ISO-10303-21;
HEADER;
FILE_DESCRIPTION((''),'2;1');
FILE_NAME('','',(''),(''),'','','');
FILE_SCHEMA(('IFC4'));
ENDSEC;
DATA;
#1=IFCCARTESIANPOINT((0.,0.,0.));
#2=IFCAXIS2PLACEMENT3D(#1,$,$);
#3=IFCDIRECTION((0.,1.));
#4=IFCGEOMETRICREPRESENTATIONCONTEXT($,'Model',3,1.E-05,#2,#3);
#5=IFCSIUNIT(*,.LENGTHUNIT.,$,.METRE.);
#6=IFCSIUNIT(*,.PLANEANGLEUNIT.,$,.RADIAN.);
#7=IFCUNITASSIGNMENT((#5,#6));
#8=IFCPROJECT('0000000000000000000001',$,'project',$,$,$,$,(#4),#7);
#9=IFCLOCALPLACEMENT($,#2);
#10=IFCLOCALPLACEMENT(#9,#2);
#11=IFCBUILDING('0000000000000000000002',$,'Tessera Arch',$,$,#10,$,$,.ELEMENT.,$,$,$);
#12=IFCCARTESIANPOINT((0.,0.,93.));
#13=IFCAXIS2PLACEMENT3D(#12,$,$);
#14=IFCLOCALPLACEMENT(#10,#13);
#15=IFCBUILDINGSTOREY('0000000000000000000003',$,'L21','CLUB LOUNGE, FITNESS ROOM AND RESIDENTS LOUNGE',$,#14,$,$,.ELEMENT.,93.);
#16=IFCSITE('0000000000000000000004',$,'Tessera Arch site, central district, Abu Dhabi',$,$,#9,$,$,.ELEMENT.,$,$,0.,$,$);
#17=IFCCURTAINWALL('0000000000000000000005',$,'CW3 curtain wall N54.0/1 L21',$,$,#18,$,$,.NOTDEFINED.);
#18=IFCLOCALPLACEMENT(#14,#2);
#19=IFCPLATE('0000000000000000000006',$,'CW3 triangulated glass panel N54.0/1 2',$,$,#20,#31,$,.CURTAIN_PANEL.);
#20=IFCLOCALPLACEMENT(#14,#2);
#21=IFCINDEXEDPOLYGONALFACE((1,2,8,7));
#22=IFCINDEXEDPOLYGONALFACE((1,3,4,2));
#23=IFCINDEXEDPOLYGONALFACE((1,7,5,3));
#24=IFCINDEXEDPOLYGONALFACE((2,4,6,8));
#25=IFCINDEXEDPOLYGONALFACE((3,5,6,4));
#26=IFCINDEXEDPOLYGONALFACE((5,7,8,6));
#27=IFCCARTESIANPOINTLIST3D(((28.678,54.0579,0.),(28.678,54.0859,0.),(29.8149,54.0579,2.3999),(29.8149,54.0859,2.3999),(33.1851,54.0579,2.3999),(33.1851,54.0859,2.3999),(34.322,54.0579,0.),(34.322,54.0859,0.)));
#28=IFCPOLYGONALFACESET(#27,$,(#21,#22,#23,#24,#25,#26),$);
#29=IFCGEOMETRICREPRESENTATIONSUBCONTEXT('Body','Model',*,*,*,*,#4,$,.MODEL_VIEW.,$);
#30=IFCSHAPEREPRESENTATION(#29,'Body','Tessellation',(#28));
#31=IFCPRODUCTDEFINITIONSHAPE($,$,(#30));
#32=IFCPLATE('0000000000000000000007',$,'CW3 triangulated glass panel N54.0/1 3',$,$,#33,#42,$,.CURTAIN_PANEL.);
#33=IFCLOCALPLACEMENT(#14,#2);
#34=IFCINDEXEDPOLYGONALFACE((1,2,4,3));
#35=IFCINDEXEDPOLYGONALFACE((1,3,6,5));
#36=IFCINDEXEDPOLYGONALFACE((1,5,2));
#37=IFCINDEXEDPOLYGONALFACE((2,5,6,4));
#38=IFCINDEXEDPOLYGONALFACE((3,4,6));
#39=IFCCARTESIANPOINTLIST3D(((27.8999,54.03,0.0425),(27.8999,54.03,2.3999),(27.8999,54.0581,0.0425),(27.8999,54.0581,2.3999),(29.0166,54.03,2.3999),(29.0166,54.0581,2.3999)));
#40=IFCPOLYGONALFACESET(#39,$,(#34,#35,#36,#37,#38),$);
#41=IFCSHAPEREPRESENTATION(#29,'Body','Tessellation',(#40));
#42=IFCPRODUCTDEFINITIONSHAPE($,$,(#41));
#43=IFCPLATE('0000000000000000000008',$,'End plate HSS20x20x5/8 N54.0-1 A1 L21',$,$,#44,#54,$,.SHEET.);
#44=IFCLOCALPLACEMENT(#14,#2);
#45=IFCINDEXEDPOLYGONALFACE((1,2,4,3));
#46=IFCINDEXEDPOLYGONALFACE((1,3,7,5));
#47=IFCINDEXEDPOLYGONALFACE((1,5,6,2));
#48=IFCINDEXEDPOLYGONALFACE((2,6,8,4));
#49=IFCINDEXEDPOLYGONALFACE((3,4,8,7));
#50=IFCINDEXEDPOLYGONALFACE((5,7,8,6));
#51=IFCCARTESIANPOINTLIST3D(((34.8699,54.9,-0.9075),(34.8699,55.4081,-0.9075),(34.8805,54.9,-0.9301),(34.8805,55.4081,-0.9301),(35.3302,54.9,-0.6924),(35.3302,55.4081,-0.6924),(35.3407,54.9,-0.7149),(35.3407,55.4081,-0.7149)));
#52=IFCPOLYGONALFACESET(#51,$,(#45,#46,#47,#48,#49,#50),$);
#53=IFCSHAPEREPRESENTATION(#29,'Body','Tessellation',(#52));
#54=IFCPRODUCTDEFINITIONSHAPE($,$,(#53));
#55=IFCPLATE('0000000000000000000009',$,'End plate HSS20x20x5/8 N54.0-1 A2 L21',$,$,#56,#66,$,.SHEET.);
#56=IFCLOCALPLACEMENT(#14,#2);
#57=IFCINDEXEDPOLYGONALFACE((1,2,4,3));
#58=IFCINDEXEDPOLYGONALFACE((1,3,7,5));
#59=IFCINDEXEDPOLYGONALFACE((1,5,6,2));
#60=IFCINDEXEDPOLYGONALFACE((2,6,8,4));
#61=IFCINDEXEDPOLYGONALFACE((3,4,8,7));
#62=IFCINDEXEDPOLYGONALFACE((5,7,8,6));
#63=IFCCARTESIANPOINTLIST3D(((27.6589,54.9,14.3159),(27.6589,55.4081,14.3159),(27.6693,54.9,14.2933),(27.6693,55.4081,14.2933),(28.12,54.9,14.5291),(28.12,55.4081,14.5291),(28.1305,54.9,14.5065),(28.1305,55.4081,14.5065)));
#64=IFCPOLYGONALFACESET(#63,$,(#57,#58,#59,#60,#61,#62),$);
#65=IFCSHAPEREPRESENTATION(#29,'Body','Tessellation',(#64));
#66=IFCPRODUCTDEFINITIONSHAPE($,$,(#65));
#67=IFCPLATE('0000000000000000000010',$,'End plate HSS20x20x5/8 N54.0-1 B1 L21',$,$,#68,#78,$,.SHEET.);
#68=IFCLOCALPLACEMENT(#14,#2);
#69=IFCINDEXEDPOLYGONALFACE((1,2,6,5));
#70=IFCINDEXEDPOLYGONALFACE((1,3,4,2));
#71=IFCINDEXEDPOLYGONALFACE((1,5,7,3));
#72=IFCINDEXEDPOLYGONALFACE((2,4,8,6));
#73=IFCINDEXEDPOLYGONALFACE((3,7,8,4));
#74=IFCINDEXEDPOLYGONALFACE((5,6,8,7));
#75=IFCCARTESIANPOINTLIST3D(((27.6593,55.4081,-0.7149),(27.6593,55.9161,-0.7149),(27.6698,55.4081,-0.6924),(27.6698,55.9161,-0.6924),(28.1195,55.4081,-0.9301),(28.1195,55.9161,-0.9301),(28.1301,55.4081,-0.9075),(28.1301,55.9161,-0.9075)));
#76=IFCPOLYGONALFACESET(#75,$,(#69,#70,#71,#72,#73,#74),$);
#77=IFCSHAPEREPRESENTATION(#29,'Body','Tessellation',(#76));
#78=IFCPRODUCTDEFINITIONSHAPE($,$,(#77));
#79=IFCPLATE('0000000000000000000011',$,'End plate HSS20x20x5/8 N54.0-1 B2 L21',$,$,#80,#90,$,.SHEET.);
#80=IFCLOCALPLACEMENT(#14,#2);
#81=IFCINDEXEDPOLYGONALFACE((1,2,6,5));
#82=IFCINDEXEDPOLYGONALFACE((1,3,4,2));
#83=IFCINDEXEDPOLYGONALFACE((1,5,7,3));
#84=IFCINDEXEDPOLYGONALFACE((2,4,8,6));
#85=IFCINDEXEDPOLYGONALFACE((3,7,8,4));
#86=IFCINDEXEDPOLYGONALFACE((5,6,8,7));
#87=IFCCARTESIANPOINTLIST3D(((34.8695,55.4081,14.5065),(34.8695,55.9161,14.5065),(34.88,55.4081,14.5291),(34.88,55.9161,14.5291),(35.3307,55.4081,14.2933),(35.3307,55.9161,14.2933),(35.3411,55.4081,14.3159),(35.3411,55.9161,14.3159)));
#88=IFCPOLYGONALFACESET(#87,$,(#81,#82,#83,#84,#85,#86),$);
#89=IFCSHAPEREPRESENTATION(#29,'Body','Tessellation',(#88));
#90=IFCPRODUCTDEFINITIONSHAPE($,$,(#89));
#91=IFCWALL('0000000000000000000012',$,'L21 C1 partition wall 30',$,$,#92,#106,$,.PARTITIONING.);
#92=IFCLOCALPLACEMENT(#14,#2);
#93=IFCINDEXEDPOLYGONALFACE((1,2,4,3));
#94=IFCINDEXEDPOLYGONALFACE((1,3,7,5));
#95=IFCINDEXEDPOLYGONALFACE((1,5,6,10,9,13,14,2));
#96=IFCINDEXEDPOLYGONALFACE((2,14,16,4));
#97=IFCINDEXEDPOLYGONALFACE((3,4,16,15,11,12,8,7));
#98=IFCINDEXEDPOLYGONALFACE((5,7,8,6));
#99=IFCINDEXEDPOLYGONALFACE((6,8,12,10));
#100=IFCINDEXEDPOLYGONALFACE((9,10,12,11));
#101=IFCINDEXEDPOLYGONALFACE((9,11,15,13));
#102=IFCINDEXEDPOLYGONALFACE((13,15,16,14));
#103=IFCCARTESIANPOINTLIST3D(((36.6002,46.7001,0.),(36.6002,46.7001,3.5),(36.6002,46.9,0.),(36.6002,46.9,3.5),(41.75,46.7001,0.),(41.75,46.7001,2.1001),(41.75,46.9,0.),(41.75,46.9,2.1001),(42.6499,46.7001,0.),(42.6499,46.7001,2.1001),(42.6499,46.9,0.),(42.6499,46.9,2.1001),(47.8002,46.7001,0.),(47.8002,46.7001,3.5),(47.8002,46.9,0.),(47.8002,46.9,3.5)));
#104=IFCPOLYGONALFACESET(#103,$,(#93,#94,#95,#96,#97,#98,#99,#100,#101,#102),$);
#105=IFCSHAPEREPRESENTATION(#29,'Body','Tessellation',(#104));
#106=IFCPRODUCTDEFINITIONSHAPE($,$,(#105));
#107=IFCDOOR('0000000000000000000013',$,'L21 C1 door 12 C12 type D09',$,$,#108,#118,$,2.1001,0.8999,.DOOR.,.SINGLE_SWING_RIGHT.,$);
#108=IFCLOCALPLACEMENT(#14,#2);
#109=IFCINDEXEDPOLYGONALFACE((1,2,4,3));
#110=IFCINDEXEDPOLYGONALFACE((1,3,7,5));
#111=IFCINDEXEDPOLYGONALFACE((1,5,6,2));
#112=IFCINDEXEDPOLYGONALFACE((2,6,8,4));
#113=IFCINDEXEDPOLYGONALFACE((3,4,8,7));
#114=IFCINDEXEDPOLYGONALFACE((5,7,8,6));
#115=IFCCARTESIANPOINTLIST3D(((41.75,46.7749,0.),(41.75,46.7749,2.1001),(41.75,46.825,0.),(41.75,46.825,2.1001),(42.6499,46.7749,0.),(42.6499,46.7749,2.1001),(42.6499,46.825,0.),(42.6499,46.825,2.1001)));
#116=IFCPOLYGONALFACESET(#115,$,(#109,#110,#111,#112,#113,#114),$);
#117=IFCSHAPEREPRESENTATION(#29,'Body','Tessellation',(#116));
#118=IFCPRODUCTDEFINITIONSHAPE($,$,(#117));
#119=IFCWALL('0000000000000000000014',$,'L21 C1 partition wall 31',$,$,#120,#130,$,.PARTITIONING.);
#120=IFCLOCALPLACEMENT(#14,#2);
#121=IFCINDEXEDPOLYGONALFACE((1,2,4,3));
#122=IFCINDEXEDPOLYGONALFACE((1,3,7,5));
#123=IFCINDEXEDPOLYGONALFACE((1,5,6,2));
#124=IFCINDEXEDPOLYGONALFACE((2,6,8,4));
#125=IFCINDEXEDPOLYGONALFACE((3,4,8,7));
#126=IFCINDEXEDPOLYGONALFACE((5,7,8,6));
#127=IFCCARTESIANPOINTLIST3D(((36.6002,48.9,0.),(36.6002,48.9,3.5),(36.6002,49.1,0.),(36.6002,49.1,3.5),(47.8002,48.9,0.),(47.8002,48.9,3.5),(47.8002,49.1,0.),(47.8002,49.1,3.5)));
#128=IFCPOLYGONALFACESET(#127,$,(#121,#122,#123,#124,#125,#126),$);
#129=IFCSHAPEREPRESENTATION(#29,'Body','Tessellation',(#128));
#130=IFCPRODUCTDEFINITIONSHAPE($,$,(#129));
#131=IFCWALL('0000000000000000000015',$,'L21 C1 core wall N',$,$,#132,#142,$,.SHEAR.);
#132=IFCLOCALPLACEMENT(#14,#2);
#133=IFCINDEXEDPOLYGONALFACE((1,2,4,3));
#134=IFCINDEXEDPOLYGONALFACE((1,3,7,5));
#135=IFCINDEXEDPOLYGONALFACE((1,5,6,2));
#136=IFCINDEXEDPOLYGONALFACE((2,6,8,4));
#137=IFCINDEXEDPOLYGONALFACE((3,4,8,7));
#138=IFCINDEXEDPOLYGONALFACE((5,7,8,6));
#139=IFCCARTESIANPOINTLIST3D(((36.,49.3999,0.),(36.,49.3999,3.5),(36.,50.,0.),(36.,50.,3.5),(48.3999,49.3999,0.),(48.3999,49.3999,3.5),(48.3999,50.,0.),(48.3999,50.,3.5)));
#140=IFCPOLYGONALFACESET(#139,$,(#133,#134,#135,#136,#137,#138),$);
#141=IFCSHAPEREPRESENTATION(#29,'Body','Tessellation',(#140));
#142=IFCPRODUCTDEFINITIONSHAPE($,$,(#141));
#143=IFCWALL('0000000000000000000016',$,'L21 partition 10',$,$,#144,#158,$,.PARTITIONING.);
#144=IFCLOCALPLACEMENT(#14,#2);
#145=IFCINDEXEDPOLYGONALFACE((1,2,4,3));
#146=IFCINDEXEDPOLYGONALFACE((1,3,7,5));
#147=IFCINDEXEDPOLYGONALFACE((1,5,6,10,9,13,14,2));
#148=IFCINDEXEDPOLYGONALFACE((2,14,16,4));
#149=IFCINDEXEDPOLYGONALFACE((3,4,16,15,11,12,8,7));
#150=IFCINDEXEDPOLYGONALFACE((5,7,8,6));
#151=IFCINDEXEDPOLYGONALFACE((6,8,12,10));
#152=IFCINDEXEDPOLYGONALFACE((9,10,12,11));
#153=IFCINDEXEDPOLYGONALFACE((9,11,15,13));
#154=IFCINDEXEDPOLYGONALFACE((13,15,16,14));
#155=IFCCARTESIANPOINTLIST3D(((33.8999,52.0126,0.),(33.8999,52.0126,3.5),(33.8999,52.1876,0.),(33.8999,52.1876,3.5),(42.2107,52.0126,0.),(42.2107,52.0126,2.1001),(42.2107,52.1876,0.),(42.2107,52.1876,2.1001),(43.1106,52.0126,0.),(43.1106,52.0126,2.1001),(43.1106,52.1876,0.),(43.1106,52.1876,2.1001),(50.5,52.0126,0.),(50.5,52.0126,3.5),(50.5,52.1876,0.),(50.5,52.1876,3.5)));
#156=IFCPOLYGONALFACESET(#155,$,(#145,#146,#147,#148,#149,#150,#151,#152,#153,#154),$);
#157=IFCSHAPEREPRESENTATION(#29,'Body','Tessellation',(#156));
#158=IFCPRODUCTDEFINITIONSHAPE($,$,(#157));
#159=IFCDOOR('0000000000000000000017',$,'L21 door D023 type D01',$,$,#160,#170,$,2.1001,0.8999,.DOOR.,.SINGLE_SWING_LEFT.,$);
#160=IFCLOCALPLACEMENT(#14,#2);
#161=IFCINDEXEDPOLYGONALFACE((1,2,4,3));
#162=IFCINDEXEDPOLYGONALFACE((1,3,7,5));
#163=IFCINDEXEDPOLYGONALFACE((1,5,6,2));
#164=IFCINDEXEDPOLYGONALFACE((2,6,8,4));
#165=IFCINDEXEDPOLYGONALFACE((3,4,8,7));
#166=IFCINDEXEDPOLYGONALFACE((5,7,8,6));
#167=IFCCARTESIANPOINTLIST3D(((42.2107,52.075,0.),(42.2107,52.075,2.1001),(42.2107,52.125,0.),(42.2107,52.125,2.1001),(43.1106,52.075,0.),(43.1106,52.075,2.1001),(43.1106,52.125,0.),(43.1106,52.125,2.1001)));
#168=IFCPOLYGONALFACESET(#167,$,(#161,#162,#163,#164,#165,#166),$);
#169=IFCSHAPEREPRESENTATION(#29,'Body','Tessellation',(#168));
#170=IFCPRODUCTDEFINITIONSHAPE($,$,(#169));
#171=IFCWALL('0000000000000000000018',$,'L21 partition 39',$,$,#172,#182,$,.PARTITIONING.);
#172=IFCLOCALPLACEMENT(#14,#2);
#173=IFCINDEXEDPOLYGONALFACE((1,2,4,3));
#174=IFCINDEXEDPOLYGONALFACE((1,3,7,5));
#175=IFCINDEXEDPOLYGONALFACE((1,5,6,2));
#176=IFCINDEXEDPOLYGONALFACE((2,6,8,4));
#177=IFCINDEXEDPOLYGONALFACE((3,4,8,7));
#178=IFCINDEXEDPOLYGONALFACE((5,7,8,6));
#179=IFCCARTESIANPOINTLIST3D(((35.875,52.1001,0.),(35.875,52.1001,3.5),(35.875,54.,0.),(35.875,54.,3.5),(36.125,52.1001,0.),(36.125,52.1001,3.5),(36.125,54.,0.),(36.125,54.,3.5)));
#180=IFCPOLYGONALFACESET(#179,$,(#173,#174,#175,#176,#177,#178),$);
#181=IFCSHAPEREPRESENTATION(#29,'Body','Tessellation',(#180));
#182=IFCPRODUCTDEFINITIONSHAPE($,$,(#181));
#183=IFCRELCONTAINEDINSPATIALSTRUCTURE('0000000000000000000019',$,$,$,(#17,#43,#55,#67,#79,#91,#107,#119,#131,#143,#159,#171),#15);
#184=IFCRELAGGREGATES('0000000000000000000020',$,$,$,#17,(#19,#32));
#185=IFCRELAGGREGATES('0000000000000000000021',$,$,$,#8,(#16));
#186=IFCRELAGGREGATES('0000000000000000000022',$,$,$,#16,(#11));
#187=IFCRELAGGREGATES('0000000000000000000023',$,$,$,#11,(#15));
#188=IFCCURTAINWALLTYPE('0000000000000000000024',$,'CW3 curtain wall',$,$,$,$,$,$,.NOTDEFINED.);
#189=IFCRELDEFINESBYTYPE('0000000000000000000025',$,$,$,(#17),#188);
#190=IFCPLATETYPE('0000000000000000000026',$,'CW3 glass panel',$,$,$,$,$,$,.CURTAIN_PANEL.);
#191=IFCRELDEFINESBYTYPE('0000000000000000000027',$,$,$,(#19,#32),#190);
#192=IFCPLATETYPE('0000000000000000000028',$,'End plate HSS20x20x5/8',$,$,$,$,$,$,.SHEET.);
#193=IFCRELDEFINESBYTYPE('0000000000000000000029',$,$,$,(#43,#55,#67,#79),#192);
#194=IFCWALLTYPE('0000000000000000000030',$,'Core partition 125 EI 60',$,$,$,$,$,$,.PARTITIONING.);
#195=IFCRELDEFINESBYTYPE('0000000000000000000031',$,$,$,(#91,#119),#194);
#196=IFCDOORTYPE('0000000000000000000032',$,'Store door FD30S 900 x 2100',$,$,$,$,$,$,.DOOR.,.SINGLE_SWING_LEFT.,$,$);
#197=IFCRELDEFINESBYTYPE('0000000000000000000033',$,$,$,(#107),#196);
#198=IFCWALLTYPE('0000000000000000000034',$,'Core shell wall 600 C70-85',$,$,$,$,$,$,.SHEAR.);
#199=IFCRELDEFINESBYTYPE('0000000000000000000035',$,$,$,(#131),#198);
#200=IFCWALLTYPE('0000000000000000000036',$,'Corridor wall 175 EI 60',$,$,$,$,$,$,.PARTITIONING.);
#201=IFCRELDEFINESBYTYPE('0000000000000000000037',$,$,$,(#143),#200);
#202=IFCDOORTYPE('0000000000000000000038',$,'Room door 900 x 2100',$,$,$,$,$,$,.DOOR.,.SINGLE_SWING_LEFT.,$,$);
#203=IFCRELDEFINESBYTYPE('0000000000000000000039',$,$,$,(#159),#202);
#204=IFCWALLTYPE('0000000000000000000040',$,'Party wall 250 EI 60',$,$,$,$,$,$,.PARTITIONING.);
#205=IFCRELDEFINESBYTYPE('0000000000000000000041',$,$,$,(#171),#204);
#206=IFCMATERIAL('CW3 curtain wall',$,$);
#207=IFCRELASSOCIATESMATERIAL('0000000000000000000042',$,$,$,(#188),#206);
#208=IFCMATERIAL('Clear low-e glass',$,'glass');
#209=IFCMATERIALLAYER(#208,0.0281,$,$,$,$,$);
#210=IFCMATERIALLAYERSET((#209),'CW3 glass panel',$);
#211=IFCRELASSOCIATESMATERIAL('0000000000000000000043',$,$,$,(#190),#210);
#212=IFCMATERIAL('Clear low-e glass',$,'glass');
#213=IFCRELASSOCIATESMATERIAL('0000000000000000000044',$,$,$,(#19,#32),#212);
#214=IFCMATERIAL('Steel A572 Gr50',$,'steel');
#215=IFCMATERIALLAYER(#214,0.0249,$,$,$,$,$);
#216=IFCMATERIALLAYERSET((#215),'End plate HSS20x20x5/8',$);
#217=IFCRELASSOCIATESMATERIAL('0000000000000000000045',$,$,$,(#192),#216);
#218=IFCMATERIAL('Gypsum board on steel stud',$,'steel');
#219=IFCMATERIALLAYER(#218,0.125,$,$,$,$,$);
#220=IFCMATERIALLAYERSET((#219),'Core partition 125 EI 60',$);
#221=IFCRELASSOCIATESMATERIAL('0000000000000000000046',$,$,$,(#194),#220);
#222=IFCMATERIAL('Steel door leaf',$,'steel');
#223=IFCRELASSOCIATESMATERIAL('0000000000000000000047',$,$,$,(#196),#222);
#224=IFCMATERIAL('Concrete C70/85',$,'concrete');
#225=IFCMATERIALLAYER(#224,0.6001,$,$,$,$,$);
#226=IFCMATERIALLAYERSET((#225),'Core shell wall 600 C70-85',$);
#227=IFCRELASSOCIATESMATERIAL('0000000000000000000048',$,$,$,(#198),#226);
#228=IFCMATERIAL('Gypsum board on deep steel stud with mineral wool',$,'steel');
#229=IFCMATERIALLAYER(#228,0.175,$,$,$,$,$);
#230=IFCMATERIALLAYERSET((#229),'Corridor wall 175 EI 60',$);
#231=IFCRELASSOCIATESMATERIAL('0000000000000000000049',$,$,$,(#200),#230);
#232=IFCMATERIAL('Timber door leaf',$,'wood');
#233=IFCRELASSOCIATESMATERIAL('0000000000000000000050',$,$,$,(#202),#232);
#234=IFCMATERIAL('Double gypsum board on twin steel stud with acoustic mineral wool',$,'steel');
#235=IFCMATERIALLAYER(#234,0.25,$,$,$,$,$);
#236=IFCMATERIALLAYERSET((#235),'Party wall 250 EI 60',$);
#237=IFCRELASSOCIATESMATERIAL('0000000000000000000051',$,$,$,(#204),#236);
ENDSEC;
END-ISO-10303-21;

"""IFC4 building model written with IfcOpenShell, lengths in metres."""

from ifc_helpers import new_model, si_unit, direction, frame, frame_2d, origin, origin_2d, place, context, subcontext, project, spatial, polyline, rectangle, outline, extrude, material, layer, layer_set, type_object, element, fill, aggregate, save


model = new_model("IFC4")

# Units and contexts
model_context = context("Model", 3, precision=1e-05, world=origin(), true_north=direction((0.0, 1.0)))
body_context = subcontext(model_context, "Body", "Model", "MODEL_VIEW")
ifc_project = project(units=[si_unit("LENGTHUNIT", "METRE"), si_unit("PLANEANGLEUNIT", "RADIAN")], contexts=[model_context])

# Site, building, storey
site_placement = place(None, origin())
site = spatial("IfcSite", under=ifc_project, at=site_placement, Name="Tessera Arch site, central district, Abu Dhabi", CompositionType="ELEMENT", RefElevation=0.0)
building_placement = place(site_placement, origin())
building = spatial("IfcBuilding", under=site, at=building_placement, Name="Tessera Arch", CompositionType="ELEMENT")
storey_placement = place(building_placement, frame((0.0, 0.0, 93.0)))
storey = spatial("IfcBuildingStorey", under=building, at=storey_placement, Name="L21", Description="CLUB LOUNGE, FITNESS ROOM AND RESIDENTS LOUNGE", CompositionType="ELEMENT", Elevation=93.0)

# Curtain wall
ifc_material_1 = material(Name="CW3 curtain wall")
curtain_wall_type_1 = type_object("IfcCurtainWallType", Name="CW3 curtain wall", PredefinedType="NOTDEFINED", material=ifc_material_1)
curtain_wall_1_placement = place(storey_placement, origin())
curtain_wall_1 = element("IfcCurtainWall", 1, at=curtain_wall_1_placement, inside=storey, type_object=curtain_wall_type_1, Name="CW3 curtain wall N54.0/1 L21", PredefinedType="NOTDEFINED")

# Plates
ifc_material_2 = material(Name="Clear low-e glass", Category="glass")
ifc_material_3 = material(Name="Clear low-e glass", Category="glass")
ifc_layer_1 = layer(ifc_material_3, 0.0281)
ifc_layer_set_1 = layer_set([ifc_layer_1], Name="CW3 glass panel")
plate_type_1 = type_object("IfcPlateType", Name="CW3 glass panel", PredefinedType="CURTAIN_PANEL", material=ifc_layer_set_1)
plate_1_placement = place(storey_placement, frame((29.8149, 54.0859, 2.3999), z_axis=(0.0, 1.0, 0.0), x_axis=(1.0, 0.0, 0.0)))
plate_1 = element("IfcPlate", 2, at=plate_1_placement, type_object=plate_type_1, material=ifc_material_2, Name="CW3 triangulated glass panel N54.0/1 2", PredefinedType="CURTAIN_PANEL", context=body_context, shape_type="SweptSolid", body=[
    extrude(outline(polyline([(0.0, 0.0), (3.3701, 0.0), (4.5071, 2.3999), (-1.137, 2.3999), (0.0, 0.0)])), origin(), (0.0, 0.0, -1.0), 0.0281),
])
plate_2_placement = place(storey_placement, frame((27.8999, 54.0581, 2.3999), z_axis=(0.0, 1.0, 0.0), x_axis=(1.0, 0.0, 0.0)))
plate_2 = element("IfcPlate", 3, at=plate_2_placement, type_object=plate_type_1, material=ifc_material_2, Name="CW3 triangulated glass panel N54.0/1 3", PredefinedType="CURTAIN_PANEL", context=body_context, shape_type="SweptSolid", body=[
    extrude(outline(polyline([(0.0, 0.0), (1.1167, 0.0), (0.0, 2.3574), (0.0, 0.0)])), origin(), (0.0, 0.0, -1.0), 0.0281),
])
aggregate(curtain_wall_1, [plate_1, plate_2])

# Plates
ifc_material_4 = material(Name="Steel A572 Gr50", Category="steel")
ifc_layer_2 = layer(ifc_material_4, 0.0249)
ifc_layer_set_2 = layer_set([ifc_layer_2], Name="End plate HSS20x20x5/8")
plate_type_2 = type_object("IfcPlateType", Name="End plate HSS20x20x5/8", PredefinedType="SHEET", material=ifc_layer_set_2)
for number, where, z_axis, x_axis, name in (
    (4, (35.1106, 55.1541, -0.8225), (-0.423424, 0.0, 0.905931), (0.0, -1.0, 0.0), "End plate HSS20x20x5/8 N54.0-1 A1 L21"),
    (5, (27.8999, 55.1541, 14.3999), (-0.419677, 0.0, 0.907674), (0.0, -1.0, 0.0), "End plate HSS20x20x5/8 N54.0-1 A2 L21"),
    (6, (27.8894, 55.6621, -0.8225), (0.423424, 0.0, 0.905931), (0.0, 1.0, 0.0), "End plate HSS20x20x5/8 N54.0-1 B1 L21"),
    (7, (35.1001, 55.6621, 14.3999), (0.419677, 0.0, 0.907674), (0.0, 1.0, 0.0), "End plate HSS20x20x5/8 N54.0-1 B2 L21"),
):
    element("IfcPlate", number, at=place(storey_placement, frame(where, z_axis=z_axis, x_axis=x_axis)), inside=storey, type_object=plate_type_2, Name=name, PredefinedType="SHEET", context=body_context, shape_type="SweptSolid", body=[
        extrude(rectangle(XDim=0.5081, YDim=0.5081, at=origin_2d()), origin(), (0.0, 0.0, 1.0), 0.0249),
    ])

# Wall, opening, door
ifc_material_5 = material(Name="Gypsum board on steel stud", Category="steel")
ifc_layer_3 = layer(ifc_material_5, 0.125)
ifc_layer_set_3 = layer_set([ifc_layer_3], Name="Core partition 125 EI 60")
wall_type_1 = type_object("IfcWallType", Name="Core partition 125 EI 60", PredefinedType="PARTITIONING", material=ifc_layer_set_3)
wall_1_placement = place(storey_placement, frame((36.6001, 46.8, 0.0), z_axis=(0.0, 0.0, 1.0), x_axis=(1.0, 0.0, 0.0)))
wall_1 = element("IfcWall", 8, at=wall_1_placement, inside=storey, type_object=wall_type_1, Name="L21 C1 partition wall 30", PredefinedType="PARTITIONING", context=body_context, shape_type="SweptSolid", body=[
    extrude(rectangle(XDim=11.2, YDim=0.2, at=frame_2d((5.6001, 0.0))), origin(), (0.0, 0.0, 1.0), 3.5),
])
opening_1_placement = place(wall_1_placement, frame((5.1499, 0.0, 0.0)))
opening_1 = element("IfcOpeningElement", 9, at=opening_1_placement, cuts=wall_1, PredefinedType="OPENING", context=body_context, shape_type="SweptSolid", body=[
    extrude(rectangle(XDim=0.8999, YDim=2.1001, at=frame_2d((0.45, 1.05))), frame((0.0, 0.1099, 0.0), z_axis=(0.0, -1.0, 0.0), x_axis=(1.0, 0.0, 0.0)), (0.0, 0.0, 1.0), 0.22),
])
ifc_material_6 = material(Name="Steel door leaf", Category="steel")
door_type_1 = type_object("IfcDoorType", Name="Store door FD30S 900 x 2100", OperationType="SINGLE_SWING_LEFT", PredefinedType="DOOR", material=ifc_material_6)
door_1_placement = place(opening_1_placement, origin())
door_1 = element("IfcDoor", 10, at=door_1_placement, inside=storey, type_object=door_type_1, Name="L21 C1 door 12 C12 type D09", OperationType="SINGLE_SWING_RIGHT", OverallHeight=2.1001, OverallWidth=0.8999, PredefinedType="DOOR", context=body_context, shape_type="SweptSolid", body=[
    extrude(rectangle(XDim=0.8999, YDim=2.1001, at=frame_2d((0.45, 1.05))), frame((0.0, 0.0249, 0.0), z_axis=(0.0, -1.0, 0.0), x_axis=(1.0, 0.0, 0.0)), (0.0, 0.0, 1.0), 0.05),
])
fill(opening_1, door_1)

# Walls
wall_2_placement = place(storey_placement, frame((36.6001, 49.0, 0.0), z_axis=(0.0, 0.0, 1.0), x_axis=(1.0, 0.0, 0.0)))
element("IfcWall", 11, at=wall_2_placement, inside=storey, type_object=wall_type_1, Name="L21 C1 partition wall 31", PredefinedType="PARTITIONING", context=body_context, shape_type="SweptSolid", body=[
    extrude(rectangle(XDim=11.2, YDim=0.2, at=frame_2d((5.6001, 0.0))), origin(), (0.0, 0.0, 1.0), 3.5),
])
ifc_material_7 = material(Name="Concrete C70/85", Category="concrete")
ifc_layer_4 = layer(ifc_material_7, 0.6001)
ifc_layer_set_4 = layer_set([ifc_layer_4], Name="Core shell wall 600 C70-85")
wall_type_2 = type_object("IfcWallType", Name="Core shell wall 600 C70-85", PredefinedType="SHEAR", material=ifc_layer_set_4)
wall_3_placement = place(storey_placement, frame((36.0, 49.7, 0.0), z_axis=(0.0, 0.0, 1.0), x_axis=(1.0, 0.0, 0.0)))
element("IfcWall", 12, at=wall_3_placement, inside=storey, type_object=wall_type_2, Name="L21 C1 core wall N", PredefinedType="SHEAR", context=body_context, shape_type="SweptSolid", body=[
    extrude(rectangle(XDim=12.3999, YDim=0.6001, at=frame_2d((6.2, 0.0))), origin(), (0.0, 0.0, 1.0), 3.5),
])

# Wall, opening, door
ifc_material_8 = material(Name="Gypsum board on deep steel stud with mineral wool", Category="steel")
ifc_layer_5 = layer(ifc_material_8, 0.175)
ifc_layer_set_5 = layer_set([ifc_layer_5], Name="Corridor wall 175 EI 60")
wall_type_3 = type_object("IfcWallType", Name="Corridor wall 175 EI 60", PredefinedType="PARTITIONING", material=ifc_layer_set_5)
wall_4_placement = place(storey_placement, frame((33.8999, 52.1001, 0.0), z_axis=(0.0, 0.0, 1.0), x_axis=(1.0, 0.0, 0.0)))
wall_4 = element("IfcWall", 13, at=wall_4_placement, inside=storey, type_object=wall_type_3, Name="L21 partition 10", PredefinedType="PARTITIONING", context=body_context, shape_type="SweptSolid", body=[
    extrude(rectangle(XDim=16.6001, YDim=0.175, at=frame_2d((8.3, 0.0))), origin(), (0.0, 0.0, 1.0), 3.5),
])
opening_2_placement = place(wall_4_placement, frame((8.3108, 0.0, 0.0)))
opening_2 = element("IfcOpeningElement", 14, at=opening_2_placement, cuts=wall_4, PredefinedType="OPENING", context=body_context, shape_type="SweptSolid", body=[
    extrude(rectangle(XDim=0.8999, YDim=2.1001, at=frame_2d((0.45, 1.05))), frame((0.0, 0.0974, 0.0), z_axis=(0.0, -1.0, 0.0), x_axis=(1.0, 0.0, 0.0)), (0.0, 0.0, 1.0), 0.1951),
])
ifc_material_9 = material(Name="Timber door leaf", Category="wood")
door_type_2 = type_object("IfcDoorType", Name="Room door 900 x 2100", OperationType="SINGLE_SWING_LEFT", PredefinedType="DOOR", material=ifc_material_9)
door_2_placement = place(opening_2_placement, origin())
door_2 = element("IfcDoor", 15, at=door_2_placement, inside=storey, type_object=door_type_2, Name="L21 door D023 type D01", OperationType="SINGLE_SWING_LEFT", OverallHeight=2.1001, OverallWidth=0.8999, PredefinedType="DOOR", context=body_context, shape_type="SweptSolid", body=[
    extrude(rectangle(XDim=0.8999, YDim=2.1001, at=frame_2d((0.45, 1.05))), frame((0.0, 0.0249, 0.0), z_axis=(0.0, -1.0, 0.0), x_axis=(1.0, 0.0, 0.0)), (0.0, 0.0, 1.0), 0.05),
])
fill(opening_2, door_2)

# Wall
ifc_material_10 = material(Name="Double gypsum board on twin steel stud with acoustic mineral wool", Category="steel")
ifc_layer_6 = layer(ifc_material_10, 0.25)
ifc_layer_set_6 = layer_set([ifc_layer_6], Name="Party wall 250 EI 60")
wall_type_4 = type_object("IfcWallType", Name="Party wall 250 EI 60", PredefinedType="PARTITIONING", material=ifc_layer_set_6)
wall_5_placement = place(storey_placement, frame((36.0, 52.1001, 0.0), z_axis=(0.0, 0.0, 1.0), x_axis=(0.0, 1.0, 0.0)))
element("IfcWall", 16, at=wall_5_placement, inside=storey, type_object=wall_type_4, Name="L21 partition 39", PredefinedType="PARTITIONING", context=body_context, shape_type="SweptSolid", body=[
    extrude(rectangle(XDim=1.8999, YDim=0.25, at=frame_2d((0.95, 0.0))), origin(), (0.0, 0.0, 1.0), 3.5),
])

save(model, "model.ifc")
